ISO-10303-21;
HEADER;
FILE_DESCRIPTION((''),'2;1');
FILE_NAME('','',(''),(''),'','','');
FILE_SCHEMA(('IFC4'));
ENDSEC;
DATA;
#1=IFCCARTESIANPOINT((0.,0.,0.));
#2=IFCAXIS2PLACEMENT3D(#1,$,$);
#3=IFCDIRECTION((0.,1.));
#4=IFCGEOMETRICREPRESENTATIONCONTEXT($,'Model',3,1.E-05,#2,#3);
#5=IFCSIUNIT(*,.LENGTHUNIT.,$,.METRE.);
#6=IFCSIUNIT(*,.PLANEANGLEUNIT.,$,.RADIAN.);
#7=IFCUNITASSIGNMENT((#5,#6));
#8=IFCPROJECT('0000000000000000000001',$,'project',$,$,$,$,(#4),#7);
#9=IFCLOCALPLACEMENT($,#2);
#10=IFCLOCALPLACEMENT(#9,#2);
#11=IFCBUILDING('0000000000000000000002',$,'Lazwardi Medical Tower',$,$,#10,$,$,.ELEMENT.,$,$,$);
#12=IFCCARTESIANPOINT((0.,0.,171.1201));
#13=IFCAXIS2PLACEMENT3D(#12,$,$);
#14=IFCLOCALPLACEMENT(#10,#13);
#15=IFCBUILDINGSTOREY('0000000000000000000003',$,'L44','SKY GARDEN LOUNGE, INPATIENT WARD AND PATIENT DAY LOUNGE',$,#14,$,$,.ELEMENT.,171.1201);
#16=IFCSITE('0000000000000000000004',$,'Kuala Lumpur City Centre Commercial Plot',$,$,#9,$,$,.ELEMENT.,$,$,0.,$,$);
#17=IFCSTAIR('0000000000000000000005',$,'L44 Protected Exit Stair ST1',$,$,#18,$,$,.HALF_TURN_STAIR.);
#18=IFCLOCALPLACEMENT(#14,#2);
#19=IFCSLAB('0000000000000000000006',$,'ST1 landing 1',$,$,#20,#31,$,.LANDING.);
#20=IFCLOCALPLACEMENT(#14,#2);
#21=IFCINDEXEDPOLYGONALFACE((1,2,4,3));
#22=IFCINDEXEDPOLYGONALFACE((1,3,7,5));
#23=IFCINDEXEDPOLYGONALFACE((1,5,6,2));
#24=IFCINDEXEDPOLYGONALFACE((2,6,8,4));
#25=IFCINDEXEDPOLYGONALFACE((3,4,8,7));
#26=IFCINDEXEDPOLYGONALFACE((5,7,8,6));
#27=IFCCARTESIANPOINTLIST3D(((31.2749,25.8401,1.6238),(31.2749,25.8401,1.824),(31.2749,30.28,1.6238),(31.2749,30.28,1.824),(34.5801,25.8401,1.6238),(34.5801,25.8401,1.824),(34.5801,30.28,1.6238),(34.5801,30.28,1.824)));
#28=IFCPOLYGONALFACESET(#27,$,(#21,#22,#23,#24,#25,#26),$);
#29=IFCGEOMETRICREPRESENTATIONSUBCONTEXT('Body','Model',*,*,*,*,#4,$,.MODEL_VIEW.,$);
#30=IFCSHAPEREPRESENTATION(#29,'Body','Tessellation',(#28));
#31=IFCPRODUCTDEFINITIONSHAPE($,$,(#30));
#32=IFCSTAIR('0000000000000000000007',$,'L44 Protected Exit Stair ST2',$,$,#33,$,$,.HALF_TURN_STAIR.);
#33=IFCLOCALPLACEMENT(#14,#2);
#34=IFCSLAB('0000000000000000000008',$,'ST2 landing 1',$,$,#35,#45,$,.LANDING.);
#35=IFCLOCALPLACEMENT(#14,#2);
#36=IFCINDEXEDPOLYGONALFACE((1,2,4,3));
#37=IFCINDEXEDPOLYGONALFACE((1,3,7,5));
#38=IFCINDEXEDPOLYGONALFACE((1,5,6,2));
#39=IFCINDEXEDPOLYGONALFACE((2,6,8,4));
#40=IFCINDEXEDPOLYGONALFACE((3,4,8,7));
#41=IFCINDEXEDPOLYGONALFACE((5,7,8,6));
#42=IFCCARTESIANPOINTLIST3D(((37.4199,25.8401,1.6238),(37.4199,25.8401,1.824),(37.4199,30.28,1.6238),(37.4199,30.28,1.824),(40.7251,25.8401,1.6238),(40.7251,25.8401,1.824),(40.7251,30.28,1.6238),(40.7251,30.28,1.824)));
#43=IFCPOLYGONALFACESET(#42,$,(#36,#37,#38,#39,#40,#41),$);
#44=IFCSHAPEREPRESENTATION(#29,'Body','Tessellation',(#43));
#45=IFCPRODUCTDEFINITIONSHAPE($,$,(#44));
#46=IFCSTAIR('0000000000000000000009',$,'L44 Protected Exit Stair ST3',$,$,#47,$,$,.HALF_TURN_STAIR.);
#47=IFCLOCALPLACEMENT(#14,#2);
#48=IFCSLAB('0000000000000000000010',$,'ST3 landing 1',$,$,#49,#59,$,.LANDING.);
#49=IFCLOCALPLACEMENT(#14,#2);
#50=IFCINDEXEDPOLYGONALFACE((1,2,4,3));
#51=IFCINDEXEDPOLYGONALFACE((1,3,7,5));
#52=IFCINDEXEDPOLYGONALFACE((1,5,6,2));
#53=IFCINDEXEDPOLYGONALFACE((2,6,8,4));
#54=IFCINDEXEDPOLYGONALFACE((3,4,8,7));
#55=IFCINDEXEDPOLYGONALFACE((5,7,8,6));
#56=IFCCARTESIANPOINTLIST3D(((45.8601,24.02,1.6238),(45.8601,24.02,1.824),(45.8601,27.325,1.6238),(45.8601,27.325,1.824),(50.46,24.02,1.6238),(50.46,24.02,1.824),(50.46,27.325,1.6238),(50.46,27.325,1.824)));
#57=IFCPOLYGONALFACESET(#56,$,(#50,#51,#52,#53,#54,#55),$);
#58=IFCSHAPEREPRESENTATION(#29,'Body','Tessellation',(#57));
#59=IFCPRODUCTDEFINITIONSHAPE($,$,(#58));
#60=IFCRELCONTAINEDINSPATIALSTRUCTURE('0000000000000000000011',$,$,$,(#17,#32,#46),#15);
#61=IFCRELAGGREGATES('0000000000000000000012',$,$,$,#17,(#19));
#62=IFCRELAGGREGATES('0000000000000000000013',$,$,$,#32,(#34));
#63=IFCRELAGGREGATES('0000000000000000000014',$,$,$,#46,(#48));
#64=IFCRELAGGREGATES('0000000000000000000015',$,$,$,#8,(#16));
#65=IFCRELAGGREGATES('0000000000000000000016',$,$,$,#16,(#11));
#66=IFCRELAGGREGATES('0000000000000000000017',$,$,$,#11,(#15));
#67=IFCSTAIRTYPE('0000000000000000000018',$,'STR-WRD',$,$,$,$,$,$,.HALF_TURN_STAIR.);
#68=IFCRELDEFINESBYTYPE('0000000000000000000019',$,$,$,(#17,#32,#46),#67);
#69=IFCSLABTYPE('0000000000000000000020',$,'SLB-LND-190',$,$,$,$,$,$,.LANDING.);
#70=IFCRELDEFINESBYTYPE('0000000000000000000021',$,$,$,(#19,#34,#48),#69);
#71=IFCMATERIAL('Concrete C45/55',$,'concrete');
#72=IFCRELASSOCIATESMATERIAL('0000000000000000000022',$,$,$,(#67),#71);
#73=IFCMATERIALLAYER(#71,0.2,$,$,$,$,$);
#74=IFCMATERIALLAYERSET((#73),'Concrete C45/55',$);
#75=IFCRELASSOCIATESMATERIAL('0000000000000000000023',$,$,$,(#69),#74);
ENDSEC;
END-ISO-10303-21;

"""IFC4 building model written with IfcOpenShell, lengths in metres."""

from ifc_helpers import new_model, si_unit, direction, frame, origin, place, context, subcontext, project, spatial, polyline, outline, extrude, material, layer, layer_set, type_object, element, aggregate, save


model = new_model("IFC4")

# Units and contexts
model_context = context("Model", 3, precision=1e-05, world=origin(), true_north=direction((0.0, 1.0)))
body_context = subcontext(model_context, "Body", "Model", "MODEL_VIEW")
ifc_project = project(units=[si_unit("LENGTHUNIT", "METRE"), si_unit("PLANEANGLEUNIT", "RADIAN")], contexts=[model_context])

# Site, building, storey
site_placement = place(None, origin())
site = spatial("IfcSite", under=ifc_project, at=site_placement, Name="Kuala Lumpur City Centre Commercial Plot", CompositionType="ELEMENT", RefElevation=0.0)
building_placement = place(site_placement, origin())
building = spatial("IfcBuilding", under=site, at=building_placement, Name="Lazwardi Medical Tower", CompositionType="ELEMENT")
storey_placement = place(building_placement, frame((0.0, 0.0, 171.1201)))
storey = spatial("IfcBuildingStorey", under=building, at=storey_placement, Name="L44", Description="SKY GARDEN LOUNGE, INPATIENT WARD AND PATIENT DAY LOUNGE", CompositionType="ELEMENT", Elevation=171.1201)

# Stairs, slabs
ifc_material_1 = material(Name="Concrete C45/55", Category="concrete")
stair_type = type_object("IfcStairType", Name="STR-WRD", PredefinedType="HALF_TURN_STAIR", material=ifc_material_1)
stair_1_placement = place(storey_placement, origin())
stair_1 = element("IfcStair", 1, at=stair_1_placement, inside=storey, type_object=stair_type, Name="L44 Protected Exit Stair ST1", PredefinedType="HALF_TURN_STAIR")
ifc_layer_1 = layer(ifc_material_1, 0.2)
ifc_layer_set_1 = layer_set([ifc_layer_1], Name="Concrete C45/55")
slab_type_1 = type_object("IfcSlabType", Name="SLB-LND-190", PredefinedType="LANDING", material=ifc_layer_set_1)
slab_1_placement = place(storey_placement, frame((0.0, 0.0, 1.6238)))
slab_1 = element("IfcSlab", 2, at=slab_1_placement, type_object=slab_type_1, Name="ST1 landing 1", PredefinedType="LANDING", context=body_context, shape_type="SweptSolid", body=[
    extrude(outline(polyline([(31.2749, 25.8401), (34.5801, 25.8401), (34.5801, 30.28), (31.2749, 30.28), (31.2749, 25.8401)])), origin(), (0.0, 0.0, 1.0), 0.2002),
])
aggregate(stair_1, [slab_1])
stair_2_placement = place(storey_placement, origin())
stair_2 = element("IfcStair", 3, at=stair_2_placement, inside=storey, type_object=stair_type, Name="L44 Protected Exit Stair ST2", PredefinedType="HALF_TURN_STAIR")
slab_2_placement = place(storey_placement, frame((0.0, 0.0, 1.6238)))
slab_2 = element("IfcSlab", 4, at=slab_2_placement, type_object=slab_type_1, Name="ST2 landing 1", PredefinedType="LANDING", context=body_context, shape_type="SweptSolid", body=[
    extrude(outline(polyline([(40.7251, 30.28), (37.4199, 30.28), (37.4199, 25.8401), (40.7251, 25.8401), (40.7251, 30.28)])), origin(), (0.0, 0.0, 1.0), 0.2002),
])
aggregate(stair_2, [slab_2])
stair_3_placement = place(storey_placement, origin())
stair_3 = element("IfcStair", 5, at=stair_3_placement, inside=storey, type_object=stair_type, Name="L44 Protected Exit Stair ST3", PredefinedType="HALF_TURN_STAIR")
slab_3_placement = place(storey_placement, frame((0.0, 0.0, 1.6238)))
slab_3 = element("IfcSlab", 6, at=slab_3_placement, type_object=slab_type_1, Name="ST3 landing 1", PredefinedType="LANDING", context=body_context, shape_type="SweptSolid", body=[
    extrude(outline(polyline([(45.8601, 27.325), (45.8601, 24.02), (50.46, 24.02), (50.46, 27.325), (45.8601, 27.325)])), origin(), (0.0, 0.0, 1.0), 0.2002),
])
aggregate(stair_3, [slab_3])

save(model, "model.ifc")
